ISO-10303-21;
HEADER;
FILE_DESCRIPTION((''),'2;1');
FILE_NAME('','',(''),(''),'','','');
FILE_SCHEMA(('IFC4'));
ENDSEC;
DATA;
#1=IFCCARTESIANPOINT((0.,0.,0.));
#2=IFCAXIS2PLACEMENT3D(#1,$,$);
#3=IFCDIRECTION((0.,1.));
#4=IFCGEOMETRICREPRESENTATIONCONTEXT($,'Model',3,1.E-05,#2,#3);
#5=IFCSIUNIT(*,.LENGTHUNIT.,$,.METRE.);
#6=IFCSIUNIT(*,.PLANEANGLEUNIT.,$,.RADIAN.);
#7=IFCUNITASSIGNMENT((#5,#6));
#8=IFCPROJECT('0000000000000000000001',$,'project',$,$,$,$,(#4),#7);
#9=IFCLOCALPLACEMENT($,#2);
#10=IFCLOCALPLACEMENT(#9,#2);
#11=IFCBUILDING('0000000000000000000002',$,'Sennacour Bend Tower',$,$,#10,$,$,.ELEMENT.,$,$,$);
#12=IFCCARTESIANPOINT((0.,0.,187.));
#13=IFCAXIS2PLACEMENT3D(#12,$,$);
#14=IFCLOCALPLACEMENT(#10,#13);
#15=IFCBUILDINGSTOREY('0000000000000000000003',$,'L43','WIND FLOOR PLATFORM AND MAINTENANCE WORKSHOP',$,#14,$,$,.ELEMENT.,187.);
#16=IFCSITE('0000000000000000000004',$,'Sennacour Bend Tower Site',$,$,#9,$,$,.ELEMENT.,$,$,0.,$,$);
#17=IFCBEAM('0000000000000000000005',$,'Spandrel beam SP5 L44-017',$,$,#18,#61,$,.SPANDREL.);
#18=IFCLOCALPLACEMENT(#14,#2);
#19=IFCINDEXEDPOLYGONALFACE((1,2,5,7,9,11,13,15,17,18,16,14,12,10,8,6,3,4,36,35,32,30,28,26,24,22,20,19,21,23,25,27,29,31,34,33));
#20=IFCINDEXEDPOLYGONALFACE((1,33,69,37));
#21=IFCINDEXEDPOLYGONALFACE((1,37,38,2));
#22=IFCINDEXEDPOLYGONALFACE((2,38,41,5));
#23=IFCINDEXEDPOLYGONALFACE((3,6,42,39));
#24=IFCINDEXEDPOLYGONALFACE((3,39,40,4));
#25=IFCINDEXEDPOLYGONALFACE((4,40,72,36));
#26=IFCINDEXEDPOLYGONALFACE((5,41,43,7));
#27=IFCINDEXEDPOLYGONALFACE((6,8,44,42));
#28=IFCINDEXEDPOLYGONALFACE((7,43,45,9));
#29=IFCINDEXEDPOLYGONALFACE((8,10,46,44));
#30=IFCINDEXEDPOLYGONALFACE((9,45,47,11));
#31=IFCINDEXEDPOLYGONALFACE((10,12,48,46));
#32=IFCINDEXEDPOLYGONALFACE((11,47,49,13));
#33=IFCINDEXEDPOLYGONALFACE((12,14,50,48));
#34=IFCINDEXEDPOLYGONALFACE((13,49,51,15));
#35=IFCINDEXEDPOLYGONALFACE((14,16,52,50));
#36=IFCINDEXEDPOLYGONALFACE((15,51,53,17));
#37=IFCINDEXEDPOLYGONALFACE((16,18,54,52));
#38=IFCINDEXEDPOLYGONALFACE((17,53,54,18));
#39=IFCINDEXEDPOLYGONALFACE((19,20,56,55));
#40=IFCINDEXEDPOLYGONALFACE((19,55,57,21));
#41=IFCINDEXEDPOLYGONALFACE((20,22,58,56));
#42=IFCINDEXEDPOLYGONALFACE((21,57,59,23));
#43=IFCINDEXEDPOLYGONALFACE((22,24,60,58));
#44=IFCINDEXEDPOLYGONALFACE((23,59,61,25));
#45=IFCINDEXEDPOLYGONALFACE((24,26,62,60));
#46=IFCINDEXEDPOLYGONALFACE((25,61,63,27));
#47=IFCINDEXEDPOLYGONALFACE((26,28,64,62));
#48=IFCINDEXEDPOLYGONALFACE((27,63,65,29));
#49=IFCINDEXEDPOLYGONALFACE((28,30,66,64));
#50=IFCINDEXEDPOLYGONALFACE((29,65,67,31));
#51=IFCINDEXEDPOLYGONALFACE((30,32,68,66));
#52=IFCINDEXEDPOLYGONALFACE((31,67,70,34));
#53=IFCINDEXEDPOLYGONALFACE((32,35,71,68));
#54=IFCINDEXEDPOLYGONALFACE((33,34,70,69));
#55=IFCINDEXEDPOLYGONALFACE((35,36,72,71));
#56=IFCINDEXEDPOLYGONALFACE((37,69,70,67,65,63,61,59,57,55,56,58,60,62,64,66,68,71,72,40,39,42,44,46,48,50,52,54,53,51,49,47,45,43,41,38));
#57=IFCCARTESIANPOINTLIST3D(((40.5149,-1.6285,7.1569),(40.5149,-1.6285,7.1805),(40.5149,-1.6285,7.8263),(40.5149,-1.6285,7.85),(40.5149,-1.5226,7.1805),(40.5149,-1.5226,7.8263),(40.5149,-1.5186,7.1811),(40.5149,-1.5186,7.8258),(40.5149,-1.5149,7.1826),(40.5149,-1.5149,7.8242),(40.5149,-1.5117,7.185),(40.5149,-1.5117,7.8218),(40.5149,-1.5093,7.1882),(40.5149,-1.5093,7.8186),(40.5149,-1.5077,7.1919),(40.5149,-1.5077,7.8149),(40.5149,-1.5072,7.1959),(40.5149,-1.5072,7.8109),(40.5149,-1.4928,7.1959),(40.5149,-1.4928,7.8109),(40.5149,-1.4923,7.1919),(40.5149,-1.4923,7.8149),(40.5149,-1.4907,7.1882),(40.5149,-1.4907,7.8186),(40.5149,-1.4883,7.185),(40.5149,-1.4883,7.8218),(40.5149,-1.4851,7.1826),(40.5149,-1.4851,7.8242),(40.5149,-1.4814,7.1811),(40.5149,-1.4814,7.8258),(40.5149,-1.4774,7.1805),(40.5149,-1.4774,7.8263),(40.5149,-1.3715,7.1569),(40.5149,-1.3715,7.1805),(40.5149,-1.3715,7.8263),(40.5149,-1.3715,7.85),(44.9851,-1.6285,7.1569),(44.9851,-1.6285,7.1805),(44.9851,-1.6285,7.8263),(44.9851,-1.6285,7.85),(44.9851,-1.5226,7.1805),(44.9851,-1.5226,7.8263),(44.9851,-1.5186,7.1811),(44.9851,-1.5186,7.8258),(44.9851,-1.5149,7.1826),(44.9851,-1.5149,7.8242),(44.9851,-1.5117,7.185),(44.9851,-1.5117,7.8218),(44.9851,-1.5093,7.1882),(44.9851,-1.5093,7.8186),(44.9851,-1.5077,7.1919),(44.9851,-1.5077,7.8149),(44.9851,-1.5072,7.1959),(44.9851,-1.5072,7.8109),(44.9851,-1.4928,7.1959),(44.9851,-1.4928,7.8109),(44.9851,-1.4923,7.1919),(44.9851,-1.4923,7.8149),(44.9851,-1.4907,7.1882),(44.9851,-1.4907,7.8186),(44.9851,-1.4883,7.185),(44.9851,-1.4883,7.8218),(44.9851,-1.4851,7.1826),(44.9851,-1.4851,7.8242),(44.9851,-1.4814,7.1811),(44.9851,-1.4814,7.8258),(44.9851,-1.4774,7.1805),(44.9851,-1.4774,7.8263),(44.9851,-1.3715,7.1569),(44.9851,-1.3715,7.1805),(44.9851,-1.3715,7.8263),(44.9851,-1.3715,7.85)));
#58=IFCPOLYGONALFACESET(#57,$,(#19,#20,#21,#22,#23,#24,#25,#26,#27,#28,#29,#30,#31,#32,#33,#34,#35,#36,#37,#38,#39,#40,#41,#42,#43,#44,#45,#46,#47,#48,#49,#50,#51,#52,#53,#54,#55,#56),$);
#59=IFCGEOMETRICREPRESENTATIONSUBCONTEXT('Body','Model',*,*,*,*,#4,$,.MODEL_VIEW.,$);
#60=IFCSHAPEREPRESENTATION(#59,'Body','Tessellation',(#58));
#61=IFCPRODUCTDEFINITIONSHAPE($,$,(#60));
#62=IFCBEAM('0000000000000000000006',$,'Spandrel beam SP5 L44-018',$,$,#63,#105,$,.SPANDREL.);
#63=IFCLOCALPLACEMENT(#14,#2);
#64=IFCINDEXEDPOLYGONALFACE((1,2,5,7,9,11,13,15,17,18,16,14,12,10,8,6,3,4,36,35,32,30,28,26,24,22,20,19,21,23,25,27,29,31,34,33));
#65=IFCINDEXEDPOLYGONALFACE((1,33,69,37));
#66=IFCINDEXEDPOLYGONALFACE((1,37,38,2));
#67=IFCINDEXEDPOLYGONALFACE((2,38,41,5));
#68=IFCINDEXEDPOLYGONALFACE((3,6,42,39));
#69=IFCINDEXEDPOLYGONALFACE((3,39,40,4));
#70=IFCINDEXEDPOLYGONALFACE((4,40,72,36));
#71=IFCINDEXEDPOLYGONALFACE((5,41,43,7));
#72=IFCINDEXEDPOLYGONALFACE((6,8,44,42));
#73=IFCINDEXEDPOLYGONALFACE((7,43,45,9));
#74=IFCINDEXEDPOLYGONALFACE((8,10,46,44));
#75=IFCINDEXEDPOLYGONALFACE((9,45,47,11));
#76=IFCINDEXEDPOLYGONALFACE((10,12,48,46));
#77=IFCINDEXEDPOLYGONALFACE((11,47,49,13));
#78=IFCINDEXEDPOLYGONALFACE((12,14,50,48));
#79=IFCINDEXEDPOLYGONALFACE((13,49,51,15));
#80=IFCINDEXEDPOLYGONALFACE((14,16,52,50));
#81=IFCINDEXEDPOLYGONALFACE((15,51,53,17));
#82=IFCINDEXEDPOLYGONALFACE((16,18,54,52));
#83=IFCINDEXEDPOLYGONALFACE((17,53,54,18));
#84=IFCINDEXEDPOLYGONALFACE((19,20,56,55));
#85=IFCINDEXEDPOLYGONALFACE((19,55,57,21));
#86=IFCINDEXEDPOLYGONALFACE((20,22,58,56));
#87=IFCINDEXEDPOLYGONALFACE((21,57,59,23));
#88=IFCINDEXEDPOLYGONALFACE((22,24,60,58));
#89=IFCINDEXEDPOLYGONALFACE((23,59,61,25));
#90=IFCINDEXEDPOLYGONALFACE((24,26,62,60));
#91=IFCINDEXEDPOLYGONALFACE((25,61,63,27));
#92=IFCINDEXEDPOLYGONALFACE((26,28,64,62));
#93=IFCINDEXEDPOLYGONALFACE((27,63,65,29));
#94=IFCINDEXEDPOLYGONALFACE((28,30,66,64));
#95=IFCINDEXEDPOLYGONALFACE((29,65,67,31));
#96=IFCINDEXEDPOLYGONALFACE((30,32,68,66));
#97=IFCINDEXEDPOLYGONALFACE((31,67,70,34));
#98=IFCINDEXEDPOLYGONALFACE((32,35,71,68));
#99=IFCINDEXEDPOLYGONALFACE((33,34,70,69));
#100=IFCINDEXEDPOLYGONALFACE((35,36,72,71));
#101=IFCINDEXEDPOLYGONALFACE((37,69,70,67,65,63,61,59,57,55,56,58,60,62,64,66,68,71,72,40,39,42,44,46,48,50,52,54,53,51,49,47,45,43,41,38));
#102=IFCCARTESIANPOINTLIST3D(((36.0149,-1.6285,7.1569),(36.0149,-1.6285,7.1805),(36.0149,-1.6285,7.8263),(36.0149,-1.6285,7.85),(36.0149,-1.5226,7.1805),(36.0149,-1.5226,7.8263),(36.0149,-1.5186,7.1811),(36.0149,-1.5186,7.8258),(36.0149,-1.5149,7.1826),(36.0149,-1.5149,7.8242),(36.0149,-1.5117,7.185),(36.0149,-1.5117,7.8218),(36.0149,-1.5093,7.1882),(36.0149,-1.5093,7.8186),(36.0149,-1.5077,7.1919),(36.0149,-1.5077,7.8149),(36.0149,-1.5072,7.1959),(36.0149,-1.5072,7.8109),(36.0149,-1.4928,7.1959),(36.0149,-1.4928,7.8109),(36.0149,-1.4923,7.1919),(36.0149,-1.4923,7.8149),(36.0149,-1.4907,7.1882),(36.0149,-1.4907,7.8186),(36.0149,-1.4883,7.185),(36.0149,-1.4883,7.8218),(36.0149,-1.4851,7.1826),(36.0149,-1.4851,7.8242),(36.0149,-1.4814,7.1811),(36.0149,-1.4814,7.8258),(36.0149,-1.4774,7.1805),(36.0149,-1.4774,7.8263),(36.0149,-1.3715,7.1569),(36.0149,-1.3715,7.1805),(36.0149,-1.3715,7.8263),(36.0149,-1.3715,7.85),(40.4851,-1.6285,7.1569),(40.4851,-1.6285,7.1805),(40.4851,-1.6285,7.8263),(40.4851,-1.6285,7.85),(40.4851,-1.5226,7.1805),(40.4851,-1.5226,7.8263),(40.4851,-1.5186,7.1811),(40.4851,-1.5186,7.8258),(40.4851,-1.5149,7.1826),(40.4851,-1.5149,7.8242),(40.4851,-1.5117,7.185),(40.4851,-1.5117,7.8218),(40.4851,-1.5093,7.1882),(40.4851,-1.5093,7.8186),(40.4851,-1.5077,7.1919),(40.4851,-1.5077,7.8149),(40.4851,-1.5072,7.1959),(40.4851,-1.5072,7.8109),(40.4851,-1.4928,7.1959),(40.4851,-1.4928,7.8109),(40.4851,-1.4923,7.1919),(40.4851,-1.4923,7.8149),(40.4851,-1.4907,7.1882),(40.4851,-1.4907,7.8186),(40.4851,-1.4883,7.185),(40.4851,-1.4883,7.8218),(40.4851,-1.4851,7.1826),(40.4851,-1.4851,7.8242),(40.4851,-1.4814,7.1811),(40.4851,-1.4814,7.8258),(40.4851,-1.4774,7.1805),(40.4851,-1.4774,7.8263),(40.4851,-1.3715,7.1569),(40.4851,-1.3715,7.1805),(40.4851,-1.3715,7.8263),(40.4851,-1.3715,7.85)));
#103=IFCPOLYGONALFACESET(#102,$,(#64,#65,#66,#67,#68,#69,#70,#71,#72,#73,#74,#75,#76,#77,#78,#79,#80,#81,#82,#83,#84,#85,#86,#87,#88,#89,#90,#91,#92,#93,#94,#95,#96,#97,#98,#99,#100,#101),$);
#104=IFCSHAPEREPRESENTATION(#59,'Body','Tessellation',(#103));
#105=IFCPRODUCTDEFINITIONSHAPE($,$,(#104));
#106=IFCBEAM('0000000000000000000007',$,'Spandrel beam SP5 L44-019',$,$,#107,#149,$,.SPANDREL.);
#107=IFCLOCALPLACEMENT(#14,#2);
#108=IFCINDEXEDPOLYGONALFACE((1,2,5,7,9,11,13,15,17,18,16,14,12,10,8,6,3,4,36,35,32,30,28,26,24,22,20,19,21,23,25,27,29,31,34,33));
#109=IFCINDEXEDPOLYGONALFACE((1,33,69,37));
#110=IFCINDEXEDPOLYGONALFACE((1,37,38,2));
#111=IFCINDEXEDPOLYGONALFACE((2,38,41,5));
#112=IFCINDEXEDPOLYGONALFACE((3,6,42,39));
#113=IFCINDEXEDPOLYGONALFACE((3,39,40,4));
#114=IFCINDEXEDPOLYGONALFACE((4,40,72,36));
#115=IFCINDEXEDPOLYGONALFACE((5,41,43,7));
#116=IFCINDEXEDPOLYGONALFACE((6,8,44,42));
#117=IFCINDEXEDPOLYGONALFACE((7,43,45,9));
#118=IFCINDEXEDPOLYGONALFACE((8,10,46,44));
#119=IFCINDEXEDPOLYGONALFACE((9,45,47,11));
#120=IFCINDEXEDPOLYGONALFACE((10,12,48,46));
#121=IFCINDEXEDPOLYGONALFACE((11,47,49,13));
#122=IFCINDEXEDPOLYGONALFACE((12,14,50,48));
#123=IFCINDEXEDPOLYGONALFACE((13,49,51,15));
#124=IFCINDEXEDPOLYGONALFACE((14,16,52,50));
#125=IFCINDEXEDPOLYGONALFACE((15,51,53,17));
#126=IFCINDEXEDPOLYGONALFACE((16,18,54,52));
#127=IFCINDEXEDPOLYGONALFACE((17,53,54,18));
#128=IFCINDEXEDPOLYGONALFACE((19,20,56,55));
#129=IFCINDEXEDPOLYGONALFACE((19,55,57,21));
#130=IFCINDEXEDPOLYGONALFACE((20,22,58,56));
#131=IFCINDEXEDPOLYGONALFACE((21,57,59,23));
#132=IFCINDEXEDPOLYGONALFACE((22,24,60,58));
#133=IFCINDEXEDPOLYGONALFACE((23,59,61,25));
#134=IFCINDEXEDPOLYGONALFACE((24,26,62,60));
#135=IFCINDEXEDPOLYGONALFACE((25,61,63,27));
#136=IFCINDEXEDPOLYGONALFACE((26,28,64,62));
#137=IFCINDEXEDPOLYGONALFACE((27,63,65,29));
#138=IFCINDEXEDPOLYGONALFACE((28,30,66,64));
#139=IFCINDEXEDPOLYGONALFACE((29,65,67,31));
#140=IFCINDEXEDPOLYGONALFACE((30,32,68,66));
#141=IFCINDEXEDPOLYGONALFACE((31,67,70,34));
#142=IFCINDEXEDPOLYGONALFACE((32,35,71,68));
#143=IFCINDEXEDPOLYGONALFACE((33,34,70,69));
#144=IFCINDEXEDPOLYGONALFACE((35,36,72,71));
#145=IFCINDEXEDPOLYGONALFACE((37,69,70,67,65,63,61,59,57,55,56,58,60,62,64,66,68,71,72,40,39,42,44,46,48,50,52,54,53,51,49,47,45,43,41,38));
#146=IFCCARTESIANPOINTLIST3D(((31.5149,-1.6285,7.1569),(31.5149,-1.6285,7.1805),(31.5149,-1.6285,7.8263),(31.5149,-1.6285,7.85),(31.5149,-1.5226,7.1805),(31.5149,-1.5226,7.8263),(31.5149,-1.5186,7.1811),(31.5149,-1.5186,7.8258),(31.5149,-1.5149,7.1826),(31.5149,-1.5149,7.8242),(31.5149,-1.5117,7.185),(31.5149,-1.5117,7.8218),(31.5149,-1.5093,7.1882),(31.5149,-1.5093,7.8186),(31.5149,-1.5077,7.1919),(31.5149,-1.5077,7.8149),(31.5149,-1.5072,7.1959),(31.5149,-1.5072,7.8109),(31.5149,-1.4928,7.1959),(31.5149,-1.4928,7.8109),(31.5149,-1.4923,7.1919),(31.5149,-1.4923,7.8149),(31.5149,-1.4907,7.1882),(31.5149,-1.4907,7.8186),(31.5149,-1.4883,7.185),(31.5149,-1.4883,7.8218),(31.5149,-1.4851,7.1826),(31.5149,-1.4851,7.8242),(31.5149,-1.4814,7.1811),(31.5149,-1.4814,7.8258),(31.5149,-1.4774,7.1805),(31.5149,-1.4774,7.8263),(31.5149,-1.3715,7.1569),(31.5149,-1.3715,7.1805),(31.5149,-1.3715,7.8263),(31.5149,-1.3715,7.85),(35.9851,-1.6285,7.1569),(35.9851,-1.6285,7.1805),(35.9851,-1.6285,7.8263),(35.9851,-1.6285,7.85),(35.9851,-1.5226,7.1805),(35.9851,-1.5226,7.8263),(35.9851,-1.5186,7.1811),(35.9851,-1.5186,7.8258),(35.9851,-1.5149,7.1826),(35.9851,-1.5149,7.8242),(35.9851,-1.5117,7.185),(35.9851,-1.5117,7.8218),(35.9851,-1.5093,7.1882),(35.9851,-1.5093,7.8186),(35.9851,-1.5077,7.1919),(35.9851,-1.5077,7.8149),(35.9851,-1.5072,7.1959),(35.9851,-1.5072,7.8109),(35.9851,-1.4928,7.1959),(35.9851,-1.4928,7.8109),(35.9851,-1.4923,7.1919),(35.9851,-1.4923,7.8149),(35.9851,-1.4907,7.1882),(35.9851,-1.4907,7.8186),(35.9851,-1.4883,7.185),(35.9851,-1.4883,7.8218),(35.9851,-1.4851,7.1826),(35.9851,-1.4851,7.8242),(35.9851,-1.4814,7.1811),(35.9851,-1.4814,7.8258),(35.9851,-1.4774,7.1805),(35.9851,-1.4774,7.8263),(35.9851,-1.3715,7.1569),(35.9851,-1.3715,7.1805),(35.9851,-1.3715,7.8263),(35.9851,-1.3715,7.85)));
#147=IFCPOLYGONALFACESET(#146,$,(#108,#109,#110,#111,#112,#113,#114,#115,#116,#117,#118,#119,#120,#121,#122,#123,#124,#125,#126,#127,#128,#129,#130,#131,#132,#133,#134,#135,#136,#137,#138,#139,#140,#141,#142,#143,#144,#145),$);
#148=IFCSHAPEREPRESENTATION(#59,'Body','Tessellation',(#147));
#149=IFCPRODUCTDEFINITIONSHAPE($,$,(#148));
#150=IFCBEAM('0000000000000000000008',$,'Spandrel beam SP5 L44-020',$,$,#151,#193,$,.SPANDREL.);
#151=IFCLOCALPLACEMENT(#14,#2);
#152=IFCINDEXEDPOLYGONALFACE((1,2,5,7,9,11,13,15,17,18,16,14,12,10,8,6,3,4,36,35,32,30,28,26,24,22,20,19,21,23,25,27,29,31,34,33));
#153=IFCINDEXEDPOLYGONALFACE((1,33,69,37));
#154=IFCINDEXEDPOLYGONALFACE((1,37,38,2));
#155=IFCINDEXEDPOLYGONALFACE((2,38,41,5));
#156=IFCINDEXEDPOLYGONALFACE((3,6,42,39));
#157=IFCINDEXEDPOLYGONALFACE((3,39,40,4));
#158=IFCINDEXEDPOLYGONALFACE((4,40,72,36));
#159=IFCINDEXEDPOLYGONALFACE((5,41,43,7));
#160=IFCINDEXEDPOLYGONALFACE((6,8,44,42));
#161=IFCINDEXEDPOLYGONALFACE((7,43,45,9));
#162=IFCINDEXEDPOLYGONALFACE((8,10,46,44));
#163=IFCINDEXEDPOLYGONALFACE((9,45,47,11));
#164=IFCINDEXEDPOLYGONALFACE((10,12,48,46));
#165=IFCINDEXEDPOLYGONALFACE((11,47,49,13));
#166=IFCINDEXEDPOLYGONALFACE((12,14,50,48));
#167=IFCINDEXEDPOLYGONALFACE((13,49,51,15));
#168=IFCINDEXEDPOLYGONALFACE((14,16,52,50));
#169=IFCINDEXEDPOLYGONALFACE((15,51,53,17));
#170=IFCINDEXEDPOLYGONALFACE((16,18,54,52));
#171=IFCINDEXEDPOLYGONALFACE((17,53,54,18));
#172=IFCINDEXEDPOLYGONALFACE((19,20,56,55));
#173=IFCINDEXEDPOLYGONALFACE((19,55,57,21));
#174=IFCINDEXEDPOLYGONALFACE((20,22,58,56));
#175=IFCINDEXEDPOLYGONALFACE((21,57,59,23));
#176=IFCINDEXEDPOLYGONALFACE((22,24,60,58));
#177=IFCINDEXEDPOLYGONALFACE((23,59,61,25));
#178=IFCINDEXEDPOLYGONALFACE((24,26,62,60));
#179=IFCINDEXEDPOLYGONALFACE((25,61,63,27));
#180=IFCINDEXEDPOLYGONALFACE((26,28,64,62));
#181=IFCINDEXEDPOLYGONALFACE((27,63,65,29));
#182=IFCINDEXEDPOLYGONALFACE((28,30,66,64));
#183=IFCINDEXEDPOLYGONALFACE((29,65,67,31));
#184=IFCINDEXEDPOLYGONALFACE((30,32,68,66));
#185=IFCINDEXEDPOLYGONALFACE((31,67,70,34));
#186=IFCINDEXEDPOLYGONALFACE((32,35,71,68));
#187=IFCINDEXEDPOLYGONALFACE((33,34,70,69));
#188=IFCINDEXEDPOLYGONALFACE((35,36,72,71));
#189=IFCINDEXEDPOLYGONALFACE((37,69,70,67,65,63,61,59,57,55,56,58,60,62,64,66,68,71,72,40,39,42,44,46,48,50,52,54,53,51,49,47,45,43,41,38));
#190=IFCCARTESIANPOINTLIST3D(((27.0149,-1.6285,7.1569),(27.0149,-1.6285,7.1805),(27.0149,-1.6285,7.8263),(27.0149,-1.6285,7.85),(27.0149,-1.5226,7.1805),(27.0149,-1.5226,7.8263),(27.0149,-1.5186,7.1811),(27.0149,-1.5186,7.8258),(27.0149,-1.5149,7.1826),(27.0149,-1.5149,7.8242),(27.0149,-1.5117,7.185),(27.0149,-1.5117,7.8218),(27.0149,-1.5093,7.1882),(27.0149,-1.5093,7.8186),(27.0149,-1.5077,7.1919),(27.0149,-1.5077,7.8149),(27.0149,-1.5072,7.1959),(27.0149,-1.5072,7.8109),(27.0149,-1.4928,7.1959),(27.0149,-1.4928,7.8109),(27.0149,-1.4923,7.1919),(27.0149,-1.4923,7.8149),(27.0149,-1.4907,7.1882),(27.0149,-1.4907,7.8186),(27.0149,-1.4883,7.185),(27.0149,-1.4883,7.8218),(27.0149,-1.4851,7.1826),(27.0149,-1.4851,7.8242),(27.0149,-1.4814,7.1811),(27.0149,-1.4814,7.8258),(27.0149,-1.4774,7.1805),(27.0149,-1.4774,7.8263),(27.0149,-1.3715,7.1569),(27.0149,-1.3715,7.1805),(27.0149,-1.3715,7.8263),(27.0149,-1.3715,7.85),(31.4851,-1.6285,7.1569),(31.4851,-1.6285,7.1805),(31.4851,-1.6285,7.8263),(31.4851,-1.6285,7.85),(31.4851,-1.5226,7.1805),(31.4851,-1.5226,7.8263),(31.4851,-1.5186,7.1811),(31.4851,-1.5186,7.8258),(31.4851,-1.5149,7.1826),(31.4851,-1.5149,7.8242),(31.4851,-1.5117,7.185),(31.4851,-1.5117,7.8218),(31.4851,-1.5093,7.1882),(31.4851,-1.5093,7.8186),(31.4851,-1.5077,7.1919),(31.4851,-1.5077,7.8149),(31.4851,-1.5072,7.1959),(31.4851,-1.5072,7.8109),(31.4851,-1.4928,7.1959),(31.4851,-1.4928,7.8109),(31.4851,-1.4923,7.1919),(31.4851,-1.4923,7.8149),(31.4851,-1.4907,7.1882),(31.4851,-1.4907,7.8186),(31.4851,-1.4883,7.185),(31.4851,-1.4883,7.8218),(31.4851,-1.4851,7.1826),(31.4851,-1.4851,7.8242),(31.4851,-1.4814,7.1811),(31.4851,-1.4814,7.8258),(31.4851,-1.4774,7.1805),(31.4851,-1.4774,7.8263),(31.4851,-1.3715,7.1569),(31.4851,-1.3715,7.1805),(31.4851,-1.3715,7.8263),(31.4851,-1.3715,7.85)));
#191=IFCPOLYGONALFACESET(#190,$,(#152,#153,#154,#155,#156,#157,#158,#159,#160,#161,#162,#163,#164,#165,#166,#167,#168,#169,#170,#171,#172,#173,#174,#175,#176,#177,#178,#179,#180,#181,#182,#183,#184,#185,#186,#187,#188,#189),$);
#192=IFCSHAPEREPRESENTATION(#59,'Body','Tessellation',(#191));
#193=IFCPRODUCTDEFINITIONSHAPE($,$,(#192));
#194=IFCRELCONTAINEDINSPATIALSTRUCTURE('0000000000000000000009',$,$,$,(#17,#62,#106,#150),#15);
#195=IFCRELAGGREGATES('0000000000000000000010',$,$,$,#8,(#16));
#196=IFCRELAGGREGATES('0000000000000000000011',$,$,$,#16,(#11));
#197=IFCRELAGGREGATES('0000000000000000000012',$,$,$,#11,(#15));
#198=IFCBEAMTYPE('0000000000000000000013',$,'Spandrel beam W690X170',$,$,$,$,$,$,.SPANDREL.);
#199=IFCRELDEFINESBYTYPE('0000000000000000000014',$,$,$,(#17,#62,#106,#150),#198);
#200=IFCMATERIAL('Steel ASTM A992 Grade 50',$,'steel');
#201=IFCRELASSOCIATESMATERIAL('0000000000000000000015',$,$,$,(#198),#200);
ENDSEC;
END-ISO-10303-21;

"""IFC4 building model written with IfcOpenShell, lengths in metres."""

from ifc_helpers import new_model, si_unit, direction, frame, origin, origin_2d, place, context, subcontext, project, spatial, i_section, extrude, material, material_profile, profile_set, type_object, element, save


model = new_model("IFC4")

# Units and contexts
model_context = context("Model", 3, precision=1e-05, world=origin(), true_north=direction((0.0, 1.0)))
body_context = subcontext(model_context, "Body", "Model", "MODEL_VIEW")
ifc_project = project(units=[si_unit("LENGTHUNIT", "METRE"), si_unit("PLANEANGLEUNIT", "RADIAN")], contexts=[model_context])

# Site, building, storey
site_placement = place(None, origin())
site = spatial("IfcSite", under=ifc_project, at=site_placement, Name="Sennacour Bend Tower Site", CompositionType="ELEMENT", RefElevation=0.0)
building_placement = place(site_placement, origin())
building = spatial("IfcBuilding", under=site, at=building_placement, Name="Sennacour Bend Tower", CompositionType="ELEMENT")
storey_placement = place(building_placement, frame((0.0, 0.0, 187.0)))
storey = spatial("IfcBuildingStorey", under=building, at=storey_placement, Name="L43", Description="WIND FLOOR PLATFORM AND MAINTENANCE WORKSHOP", CompositionType="ELEMENT", Elevation=187.0)

# Shared definitions
ifc_material_1 = material(Name="Steel ASTM A992 Grade 50", Category="steel")

# Beams
ifc_material_profile_1 = material_profile(ifc_material_1, i_section(OverallWidth=0.2571, OverallDepth=0.6931, WebThickness=0.0144, FlangeThickness=0.0237, FilletRadius=0.0154, at=origin_2d()), Name="Steel ASTM A992 Grade 50", Category="steel")
ifc_profile_set_1 = profile_set([ifc_material_profile_1], Name="Steel ASTM A992 Grade 50")
beam_type_1 = type_object("IfcBeamType", Name="Spandrel beam W690X170", PredefinedType="SPANDREL", material=ifc_profile_set_1)
for number, where, z_axis, x_axis, name in (
    (1, (44.9851, -1.5, 7.5034), (-1.0, 0.0, 0.0), (0.0, -1.0, 0.0), "Spandrel beam SP5 L44-017"),
    (2, (40.4851, -1.5, 7.5034), (-1.0, 0.0, 0.0), (0.0, -1.0, 0.0), "Spandrel beam SP5 L44-018"),
    (3, (35.9851, -1.5, 7.5034), (-1.0, 0.0, 0.0), (0.0, -1.0, 0.0), "Spandrel beam SP5 L44-019"),
    (4, (31.4851, -1.5, 7.5034), (-1.0, 0.0, 0.0), (0.0, -1.0, 0.0), "Spandrel beam SP5 L44-020"),
):
    element("IfcBeam", number, at=place(storey_placement, frame(where, z_axis=z_axis, x_axis=x_axis)), inside=storey, type_object=beam_type_1, Name=name, PredefinedType="SPANDREL", context=body_context, shape_type="SweptSolid", body=[
        extrude(i_section(OverallWidth=0.2571, OverallDepth=0.6931, WebThickness=0.0144, FlangeThickness=0.0237, FilletRadius=0.0154, at=origin_2d()), origin(), (0.0, 0.0, 1.0), 4.4702),
    ])

save(model, "model.ifc")
